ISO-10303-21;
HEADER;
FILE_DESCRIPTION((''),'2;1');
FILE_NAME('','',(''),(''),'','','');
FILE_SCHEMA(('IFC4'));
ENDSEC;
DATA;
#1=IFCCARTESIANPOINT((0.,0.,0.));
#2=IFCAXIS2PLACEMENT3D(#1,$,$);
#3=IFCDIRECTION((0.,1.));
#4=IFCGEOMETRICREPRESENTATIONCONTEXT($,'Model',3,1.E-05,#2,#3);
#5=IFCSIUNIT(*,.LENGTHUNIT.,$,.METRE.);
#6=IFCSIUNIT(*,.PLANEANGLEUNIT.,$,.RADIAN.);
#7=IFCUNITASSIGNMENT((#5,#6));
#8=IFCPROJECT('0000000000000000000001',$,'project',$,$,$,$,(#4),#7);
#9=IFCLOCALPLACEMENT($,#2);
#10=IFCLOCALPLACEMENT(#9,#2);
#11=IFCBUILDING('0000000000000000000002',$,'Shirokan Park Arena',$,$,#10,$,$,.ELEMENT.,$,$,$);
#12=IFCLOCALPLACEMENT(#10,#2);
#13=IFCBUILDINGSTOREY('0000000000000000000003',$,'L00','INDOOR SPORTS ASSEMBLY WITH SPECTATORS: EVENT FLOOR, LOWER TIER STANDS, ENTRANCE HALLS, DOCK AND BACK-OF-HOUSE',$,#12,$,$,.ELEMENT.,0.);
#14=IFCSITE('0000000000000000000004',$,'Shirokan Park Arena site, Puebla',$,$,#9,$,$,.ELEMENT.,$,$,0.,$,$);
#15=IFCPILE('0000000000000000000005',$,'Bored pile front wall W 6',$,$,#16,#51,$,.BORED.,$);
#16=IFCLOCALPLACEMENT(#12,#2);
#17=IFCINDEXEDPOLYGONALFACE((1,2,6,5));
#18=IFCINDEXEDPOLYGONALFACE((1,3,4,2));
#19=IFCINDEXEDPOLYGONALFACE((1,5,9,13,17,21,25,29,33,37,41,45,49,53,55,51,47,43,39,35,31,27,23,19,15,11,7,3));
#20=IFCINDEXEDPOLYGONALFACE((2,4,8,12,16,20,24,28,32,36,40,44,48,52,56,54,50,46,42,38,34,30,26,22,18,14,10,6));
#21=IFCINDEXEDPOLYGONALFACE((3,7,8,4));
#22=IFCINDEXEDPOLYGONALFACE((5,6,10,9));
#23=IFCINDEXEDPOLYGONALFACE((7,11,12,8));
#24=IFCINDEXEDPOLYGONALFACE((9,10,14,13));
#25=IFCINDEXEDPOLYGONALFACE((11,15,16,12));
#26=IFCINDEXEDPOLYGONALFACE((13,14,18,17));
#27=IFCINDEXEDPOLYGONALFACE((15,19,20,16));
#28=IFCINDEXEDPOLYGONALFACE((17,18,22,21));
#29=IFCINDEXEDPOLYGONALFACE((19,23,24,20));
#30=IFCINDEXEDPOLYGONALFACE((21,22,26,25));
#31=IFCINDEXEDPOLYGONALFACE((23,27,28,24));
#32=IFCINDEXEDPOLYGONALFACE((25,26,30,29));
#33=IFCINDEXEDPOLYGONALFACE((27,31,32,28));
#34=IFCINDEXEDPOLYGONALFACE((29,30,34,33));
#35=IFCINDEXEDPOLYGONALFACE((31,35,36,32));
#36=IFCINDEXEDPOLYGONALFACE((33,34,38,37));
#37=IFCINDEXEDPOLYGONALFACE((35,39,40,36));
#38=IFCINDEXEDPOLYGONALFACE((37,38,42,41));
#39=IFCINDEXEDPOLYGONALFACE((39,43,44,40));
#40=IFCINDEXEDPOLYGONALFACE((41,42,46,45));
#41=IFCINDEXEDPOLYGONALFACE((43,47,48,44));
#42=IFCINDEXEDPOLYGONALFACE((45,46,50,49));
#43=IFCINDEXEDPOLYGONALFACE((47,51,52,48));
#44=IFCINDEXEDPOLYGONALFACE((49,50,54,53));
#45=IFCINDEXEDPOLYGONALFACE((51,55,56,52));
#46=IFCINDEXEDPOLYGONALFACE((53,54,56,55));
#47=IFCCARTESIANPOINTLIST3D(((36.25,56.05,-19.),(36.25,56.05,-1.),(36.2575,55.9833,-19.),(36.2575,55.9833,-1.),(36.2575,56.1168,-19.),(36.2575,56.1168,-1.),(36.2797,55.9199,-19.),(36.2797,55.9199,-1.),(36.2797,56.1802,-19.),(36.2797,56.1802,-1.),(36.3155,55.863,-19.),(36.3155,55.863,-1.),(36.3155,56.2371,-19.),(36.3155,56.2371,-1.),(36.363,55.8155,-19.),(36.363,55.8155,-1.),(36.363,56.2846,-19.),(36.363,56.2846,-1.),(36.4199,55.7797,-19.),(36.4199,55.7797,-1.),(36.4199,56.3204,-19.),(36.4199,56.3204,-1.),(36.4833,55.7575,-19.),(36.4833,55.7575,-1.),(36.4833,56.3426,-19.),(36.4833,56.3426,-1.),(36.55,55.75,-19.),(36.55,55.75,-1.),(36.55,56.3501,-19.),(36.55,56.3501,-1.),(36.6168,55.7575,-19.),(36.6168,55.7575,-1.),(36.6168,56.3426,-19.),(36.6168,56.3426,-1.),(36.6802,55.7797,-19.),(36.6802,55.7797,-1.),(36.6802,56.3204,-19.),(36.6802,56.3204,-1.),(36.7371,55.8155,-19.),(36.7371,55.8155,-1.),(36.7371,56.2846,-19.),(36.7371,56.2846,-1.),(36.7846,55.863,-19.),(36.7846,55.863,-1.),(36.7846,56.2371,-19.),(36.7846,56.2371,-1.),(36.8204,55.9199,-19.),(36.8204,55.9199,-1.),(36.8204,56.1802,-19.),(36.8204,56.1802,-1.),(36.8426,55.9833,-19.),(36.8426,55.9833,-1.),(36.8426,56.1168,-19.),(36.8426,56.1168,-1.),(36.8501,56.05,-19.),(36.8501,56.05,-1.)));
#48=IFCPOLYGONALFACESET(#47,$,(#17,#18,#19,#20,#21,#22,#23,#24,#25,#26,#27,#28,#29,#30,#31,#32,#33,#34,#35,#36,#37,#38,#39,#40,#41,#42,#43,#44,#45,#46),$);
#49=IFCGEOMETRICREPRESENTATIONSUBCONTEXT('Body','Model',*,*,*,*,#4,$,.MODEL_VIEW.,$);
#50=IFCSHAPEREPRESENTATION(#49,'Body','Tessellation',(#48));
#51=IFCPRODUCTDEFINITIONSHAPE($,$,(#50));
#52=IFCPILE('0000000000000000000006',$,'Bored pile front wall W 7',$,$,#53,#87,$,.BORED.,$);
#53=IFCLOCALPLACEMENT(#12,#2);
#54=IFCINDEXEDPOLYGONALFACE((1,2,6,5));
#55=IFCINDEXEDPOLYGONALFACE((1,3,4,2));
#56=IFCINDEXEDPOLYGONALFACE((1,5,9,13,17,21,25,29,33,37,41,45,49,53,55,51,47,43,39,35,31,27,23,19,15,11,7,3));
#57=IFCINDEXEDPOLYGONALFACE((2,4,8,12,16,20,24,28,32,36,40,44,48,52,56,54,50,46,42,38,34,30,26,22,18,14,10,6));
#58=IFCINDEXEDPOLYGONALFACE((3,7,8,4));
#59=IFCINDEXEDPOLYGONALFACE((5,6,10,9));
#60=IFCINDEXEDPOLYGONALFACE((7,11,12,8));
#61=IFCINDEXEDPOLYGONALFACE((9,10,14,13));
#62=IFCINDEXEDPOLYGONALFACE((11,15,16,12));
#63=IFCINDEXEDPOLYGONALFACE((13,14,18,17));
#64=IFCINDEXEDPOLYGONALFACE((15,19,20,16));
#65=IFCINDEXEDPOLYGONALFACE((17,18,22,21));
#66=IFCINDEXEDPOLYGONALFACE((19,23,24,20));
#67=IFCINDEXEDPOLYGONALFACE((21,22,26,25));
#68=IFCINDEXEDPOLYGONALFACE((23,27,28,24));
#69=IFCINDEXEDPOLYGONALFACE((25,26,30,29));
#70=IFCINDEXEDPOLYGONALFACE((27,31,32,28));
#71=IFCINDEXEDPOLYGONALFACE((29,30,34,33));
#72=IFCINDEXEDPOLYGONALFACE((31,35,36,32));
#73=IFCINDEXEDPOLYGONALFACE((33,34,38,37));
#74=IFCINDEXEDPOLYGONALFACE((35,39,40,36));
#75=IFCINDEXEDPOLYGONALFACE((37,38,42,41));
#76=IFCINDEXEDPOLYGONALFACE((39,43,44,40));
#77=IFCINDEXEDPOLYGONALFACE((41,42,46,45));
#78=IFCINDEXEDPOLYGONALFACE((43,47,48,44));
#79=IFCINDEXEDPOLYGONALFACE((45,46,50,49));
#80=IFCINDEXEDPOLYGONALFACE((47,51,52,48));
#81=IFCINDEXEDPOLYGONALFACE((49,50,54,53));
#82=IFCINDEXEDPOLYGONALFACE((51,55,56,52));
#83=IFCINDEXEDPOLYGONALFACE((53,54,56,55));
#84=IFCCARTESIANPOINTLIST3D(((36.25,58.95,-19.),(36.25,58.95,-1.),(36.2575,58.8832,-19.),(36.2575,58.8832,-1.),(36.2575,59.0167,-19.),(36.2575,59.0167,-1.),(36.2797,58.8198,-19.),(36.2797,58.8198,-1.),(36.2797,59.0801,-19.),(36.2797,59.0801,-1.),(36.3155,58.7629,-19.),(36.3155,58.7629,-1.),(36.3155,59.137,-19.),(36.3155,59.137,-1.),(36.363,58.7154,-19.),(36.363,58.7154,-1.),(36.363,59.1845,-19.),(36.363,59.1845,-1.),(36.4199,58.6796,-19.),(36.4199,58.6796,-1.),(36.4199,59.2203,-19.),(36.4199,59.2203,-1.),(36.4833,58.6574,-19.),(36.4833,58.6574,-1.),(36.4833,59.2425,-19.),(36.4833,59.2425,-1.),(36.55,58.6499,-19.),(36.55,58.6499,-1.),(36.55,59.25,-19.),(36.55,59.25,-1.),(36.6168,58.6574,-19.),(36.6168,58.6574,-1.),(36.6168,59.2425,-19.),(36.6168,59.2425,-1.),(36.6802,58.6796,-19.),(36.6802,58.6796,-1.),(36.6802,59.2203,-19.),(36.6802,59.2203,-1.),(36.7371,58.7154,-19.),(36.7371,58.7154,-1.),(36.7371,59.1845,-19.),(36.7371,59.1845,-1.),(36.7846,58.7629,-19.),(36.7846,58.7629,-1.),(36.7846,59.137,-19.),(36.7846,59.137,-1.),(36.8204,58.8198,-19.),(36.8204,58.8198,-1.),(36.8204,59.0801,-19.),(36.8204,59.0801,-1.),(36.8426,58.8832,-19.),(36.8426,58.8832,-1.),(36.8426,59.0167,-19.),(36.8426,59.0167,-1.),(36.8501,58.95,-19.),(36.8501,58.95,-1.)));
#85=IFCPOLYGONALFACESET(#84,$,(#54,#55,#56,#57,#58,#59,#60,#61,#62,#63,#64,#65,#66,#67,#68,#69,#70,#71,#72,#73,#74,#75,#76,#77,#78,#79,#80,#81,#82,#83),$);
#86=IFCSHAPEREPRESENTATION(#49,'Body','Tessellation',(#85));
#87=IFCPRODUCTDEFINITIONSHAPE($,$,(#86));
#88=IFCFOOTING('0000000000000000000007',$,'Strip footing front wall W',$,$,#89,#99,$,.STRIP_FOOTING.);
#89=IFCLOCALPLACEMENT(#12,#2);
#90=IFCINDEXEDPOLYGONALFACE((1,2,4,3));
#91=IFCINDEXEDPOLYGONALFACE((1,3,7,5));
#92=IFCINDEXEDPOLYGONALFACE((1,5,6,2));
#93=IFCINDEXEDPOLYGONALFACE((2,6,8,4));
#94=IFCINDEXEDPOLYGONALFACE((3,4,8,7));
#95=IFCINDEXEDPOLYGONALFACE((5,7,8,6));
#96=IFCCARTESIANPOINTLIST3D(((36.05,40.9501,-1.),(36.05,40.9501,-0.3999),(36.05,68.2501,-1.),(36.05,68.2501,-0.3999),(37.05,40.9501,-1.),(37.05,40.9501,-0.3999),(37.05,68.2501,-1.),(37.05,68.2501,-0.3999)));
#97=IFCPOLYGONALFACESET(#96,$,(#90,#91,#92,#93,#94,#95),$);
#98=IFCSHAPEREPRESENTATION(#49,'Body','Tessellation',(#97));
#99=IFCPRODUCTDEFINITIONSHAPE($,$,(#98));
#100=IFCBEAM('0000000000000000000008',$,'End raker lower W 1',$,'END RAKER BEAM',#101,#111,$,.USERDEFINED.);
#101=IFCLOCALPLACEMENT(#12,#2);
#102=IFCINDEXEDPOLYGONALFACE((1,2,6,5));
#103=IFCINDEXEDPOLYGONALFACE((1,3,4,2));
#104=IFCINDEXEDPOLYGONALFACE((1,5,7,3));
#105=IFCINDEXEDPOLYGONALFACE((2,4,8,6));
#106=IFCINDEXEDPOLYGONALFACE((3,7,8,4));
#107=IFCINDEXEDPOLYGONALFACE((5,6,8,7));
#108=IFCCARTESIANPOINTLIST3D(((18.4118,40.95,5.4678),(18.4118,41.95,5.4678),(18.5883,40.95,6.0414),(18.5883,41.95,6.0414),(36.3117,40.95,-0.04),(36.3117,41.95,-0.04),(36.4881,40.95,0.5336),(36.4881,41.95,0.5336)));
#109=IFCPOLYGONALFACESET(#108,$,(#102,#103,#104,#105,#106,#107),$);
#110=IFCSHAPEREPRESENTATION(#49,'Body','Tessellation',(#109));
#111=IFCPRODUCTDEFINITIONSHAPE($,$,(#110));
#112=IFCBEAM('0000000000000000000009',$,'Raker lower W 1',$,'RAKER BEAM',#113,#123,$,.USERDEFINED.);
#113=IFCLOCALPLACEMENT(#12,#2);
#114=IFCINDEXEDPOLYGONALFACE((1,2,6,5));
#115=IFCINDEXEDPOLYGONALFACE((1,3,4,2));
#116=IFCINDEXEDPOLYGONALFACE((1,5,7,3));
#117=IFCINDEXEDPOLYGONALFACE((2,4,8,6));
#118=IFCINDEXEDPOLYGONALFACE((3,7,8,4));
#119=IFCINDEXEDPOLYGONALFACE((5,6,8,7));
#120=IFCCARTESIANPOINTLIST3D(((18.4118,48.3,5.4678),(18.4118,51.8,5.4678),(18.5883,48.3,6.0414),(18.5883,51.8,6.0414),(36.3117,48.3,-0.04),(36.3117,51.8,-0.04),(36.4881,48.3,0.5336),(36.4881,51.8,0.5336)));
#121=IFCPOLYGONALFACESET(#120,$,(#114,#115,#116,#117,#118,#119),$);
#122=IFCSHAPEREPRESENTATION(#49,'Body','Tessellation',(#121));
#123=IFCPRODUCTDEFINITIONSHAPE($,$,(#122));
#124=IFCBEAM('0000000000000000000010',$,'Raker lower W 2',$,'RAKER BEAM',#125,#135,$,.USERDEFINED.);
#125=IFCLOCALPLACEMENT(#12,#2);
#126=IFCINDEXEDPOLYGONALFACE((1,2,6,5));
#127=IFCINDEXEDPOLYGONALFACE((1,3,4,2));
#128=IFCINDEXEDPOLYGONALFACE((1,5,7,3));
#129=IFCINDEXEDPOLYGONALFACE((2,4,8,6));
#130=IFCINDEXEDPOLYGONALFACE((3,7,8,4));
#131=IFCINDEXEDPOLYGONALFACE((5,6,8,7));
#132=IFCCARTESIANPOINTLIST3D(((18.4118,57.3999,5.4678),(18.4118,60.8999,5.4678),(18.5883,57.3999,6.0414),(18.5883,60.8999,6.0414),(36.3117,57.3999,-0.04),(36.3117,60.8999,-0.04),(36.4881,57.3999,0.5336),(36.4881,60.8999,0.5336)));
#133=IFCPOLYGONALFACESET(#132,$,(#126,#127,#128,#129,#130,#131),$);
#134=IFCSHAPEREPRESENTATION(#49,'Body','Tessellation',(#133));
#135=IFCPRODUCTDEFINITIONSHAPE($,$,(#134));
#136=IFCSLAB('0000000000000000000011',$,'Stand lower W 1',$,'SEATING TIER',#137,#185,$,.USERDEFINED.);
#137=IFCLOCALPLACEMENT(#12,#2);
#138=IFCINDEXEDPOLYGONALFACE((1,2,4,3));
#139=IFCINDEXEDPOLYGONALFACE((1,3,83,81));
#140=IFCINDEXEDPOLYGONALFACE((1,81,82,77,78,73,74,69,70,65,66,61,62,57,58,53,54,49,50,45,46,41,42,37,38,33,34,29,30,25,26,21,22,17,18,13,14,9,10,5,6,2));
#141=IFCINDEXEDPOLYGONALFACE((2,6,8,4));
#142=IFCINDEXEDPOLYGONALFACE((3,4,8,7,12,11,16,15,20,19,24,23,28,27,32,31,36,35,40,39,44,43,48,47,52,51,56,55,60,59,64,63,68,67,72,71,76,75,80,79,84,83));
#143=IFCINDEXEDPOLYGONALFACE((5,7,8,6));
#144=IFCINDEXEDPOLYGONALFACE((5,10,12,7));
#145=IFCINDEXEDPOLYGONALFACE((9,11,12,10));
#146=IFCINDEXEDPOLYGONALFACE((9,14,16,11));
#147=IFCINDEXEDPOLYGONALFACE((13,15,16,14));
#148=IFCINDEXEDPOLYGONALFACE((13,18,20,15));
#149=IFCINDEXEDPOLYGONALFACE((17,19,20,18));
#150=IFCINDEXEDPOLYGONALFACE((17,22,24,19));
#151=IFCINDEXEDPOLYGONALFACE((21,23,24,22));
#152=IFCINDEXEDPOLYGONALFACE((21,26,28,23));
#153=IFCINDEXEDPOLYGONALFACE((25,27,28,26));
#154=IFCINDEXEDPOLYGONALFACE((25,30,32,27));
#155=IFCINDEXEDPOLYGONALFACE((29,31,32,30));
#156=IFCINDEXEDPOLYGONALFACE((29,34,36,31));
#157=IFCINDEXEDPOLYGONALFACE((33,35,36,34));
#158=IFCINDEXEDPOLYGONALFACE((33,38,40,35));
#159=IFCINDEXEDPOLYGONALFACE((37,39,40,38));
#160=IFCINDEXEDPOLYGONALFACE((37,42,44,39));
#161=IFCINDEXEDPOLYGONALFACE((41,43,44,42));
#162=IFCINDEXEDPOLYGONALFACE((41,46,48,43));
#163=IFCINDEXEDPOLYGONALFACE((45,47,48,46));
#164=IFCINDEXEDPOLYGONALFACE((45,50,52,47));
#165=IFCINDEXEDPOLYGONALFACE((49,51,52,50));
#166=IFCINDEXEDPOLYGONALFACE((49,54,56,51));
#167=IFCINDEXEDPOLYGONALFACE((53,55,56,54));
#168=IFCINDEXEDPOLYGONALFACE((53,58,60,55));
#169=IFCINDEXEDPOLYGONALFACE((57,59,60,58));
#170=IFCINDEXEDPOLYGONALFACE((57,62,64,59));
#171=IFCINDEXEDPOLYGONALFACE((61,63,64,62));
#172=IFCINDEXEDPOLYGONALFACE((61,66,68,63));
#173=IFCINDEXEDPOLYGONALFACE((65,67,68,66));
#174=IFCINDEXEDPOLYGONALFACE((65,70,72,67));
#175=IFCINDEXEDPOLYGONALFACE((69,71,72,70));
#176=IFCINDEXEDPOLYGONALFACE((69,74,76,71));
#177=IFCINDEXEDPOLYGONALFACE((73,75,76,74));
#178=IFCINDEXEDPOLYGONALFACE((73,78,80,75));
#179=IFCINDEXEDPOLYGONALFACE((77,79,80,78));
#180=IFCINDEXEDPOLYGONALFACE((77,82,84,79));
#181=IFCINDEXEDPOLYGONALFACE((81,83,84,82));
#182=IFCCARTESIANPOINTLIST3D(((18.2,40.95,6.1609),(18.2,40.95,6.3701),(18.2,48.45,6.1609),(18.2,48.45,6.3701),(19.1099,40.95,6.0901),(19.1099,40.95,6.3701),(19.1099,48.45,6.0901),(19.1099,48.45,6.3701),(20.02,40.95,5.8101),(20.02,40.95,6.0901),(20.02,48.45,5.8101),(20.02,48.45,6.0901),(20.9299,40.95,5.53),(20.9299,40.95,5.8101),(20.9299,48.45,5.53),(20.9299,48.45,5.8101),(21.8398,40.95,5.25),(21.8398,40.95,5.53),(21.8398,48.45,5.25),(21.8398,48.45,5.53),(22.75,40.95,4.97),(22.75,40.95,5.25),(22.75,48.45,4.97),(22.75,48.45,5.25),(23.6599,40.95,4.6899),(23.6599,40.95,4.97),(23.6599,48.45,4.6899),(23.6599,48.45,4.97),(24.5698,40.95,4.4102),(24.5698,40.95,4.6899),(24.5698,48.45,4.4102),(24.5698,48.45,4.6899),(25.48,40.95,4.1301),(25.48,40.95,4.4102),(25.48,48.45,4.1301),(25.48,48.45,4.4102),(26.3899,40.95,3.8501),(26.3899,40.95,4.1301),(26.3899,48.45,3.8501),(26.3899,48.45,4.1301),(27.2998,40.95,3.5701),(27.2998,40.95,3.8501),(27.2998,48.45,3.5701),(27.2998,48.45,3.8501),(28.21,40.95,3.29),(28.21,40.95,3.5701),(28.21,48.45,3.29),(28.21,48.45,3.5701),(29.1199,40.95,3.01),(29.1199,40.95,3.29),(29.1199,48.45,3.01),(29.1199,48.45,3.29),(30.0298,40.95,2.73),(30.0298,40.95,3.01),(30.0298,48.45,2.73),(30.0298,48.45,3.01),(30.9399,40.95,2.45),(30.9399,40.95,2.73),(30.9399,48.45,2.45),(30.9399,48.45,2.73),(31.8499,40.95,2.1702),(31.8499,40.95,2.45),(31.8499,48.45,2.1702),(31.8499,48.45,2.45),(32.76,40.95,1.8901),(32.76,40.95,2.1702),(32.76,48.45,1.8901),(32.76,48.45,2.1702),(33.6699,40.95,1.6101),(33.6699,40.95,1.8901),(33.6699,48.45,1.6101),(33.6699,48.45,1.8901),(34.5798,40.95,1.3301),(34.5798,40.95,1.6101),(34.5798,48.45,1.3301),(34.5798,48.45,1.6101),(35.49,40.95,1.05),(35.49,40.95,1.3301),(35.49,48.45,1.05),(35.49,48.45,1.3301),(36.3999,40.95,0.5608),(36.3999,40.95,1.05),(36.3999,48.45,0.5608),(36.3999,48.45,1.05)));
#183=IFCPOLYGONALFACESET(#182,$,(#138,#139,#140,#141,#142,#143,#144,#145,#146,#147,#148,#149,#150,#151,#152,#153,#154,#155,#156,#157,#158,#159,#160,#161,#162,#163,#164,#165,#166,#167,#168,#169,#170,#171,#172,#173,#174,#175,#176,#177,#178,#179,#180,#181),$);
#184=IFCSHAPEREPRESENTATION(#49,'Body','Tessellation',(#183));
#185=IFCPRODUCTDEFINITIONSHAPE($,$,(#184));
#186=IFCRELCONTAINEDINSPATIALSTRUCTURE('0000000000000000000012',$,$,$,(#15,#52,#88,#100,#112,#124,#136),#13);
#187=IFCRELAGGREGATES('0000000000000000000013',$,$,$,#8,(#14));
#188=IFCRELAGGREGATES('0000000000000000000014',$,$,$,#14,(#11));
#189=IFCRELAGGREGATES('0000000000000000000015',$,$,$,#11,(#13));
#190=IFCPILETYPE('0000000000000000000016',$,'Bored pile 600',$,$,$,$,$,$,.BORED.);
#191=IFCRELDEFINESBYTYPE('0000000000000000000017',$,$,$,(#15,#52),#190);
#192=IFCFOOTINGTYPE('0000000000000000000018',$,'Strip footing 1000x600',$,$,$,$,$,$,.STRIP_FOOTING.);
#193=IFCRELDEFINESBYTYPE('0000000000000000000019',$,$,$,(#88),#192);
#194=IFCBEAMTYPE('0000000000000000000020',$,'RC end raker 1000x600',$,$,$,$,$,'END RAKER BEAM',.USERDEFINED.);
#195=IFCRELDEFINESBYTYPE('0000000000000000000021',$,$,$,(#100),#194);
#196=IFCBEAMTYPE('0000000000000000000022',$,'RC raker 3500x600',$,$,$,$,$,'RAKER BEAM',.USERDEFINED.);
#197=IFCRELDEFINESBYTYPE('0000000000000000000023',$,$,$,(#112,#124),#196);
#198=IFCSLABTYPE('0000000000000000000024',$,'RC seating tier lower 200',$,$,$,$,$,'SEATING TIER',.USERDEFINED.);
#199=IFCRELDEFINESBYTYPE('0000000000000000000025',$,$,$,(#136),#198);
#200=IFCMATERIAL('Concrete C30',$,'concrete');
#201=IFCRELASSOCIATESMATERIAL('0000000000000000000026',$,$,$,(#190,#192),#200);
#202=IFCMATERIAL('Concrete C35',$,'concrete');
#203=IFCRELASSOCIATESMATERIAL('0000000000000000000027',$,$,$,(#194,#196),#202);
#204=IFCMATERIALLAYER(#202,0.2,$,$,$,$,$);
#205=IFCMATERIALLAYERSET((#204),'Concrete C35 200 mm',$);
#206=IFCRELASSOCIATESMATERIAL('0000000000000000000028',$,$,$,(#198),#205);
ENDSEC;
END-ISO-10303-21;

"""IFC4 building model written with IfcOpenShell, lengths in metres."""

from ifc_helpers import new_model, si_unit, direction, frame, origin, origin_2d, place, context, subcontext, project, spatial, polyline, rectangle, circle, outline, extrude, material, layer, layer_set, material_profile, profile_set, type_object, element, save


model = new_model("IFC4")

# Units and contexts
model_context = context("Model", 3, precision=1e-05, world=origin(), true_north=direction((0.0, 1.0)))
body_context = subcontext(model_context, "Body", "Model", "MODEL_VIEW")
ifc_project = project(units=[si_unit("LENGTHUNIT", "METRE"), si_unit("PLANEANGLEUNIT", "RADIAN")], contexts=[model_context])

# Site, building, storey
site_placement = place(None, origin())
site = spatial("IfcSite", under=ifc_project, at=site_placement, Name="Shirokan Park Arena site, Puebla", CompositionType="ELEMENT", RefElevation=0.0)
building_placement = place(site_placement, origin())
building = spatial("IfcBuilding", under=site, at=building_placement, Name="Shirokan Park Arena", CompositionType="ELEMENT")
storey_placement = place(building_placement, origin())
storey = spatial("IfcBuildingStorey", under=building, at=storey_placement, Name="L00", Description="INDOOR SPORTS ASSEMBLY WITH SPECTATORS: EVENT FLOOR, LOWER TIER STANDS, ENTRANCE HALLS, DOCK AND BACK-OF-HOUSE", CompositionType="ELEMENT", Elevation=0.0)

# Piles
ifc_material_1 = material(Name="Concrete C30", Category="concrete")
ifc_material_profile_1 = material_profile(ifc_material_1, circle(Radius=0.3, at=origin_2d()), Name="D600")
ifc_profile_set_1 = profile_set([ifc_material_profile_1], Name="Concrete C30")
pile_type = type_object("IfcPileType", Name="Bored pile 600", PredefinedType="BORED", material=ifc_profile_set_1)
for number, where, z_axis, x_axis, name in (
    (1, (36.55, 56.05, -1.0), (0.0, 0.0, -1.0), (1.0, 0.0, 0.0), "Bored pile front wall W 6"),
    (2, (36.55, 58.95, -1.0), (0.0, 0.0, -1.0), (1.0, 0.0, 0.0), "Bored pile front wall W 7"),
):
    element("IfcPile", number, at=place(storey_placement, frame(where, z_axis=z_axis, x_axis=x_axis)), inside=storey, type_object=pile_type, Name=name, PredefinedType="BORED", context=body_context, shape_type="SweptSolid", body=[
        extrude(circle(Radius=0.3, at=origin_2d()), origin(), (0.0, 0.0, 1.0), 18.0),
    ])

# Footing
footing_type = type_object("IfcFootingType", Name="Strip footing 1000x600", PredefinedType="STRIP_FOOTING", material=ifc_material_1)
footing_placement = place(storey_placement, frame((36.55, 54.6001, -1.0), z_axis=(0.0, 0.0, 1.0), x_axis=(1.0, 0.0, 0.0)))
element("IfcFooting", 3, at=footing_placement, inside=storey, type_object=footing_type, Name="Strip footing front wall W", PredefinedType="STRIP_FOOTING", context=body_context, shape_type="SweptSolid", body=[
    extrude(rectangle(XDim=1.0, YDim=27.3, at=origin_2d()), origin(), (0.0, 0.0, 1.0), 0.6001),
])

# Beams
ifc_material_2 = material(Name="Concrete C35", Category="concrete")
ifc_material_profile_2 = material_profile(ifc_material_2, rectangle(XDim=1.0, YDim=0.6001, at=origin_2d()), Name="1000x600")
ifc_profile_set_2 = profile_set([ifc_material_profile_2], Name="Concrete C35")
beam_type_1 = type_object("IfcBeamType", Name="RC end raker 1000x600", ElementType="END RAKER BEAM", PredefinedType="USERDEFINED", material=ifc_profile_set_2)
beam_placement = place(storey_placement, frame((36.3999, 41.45, 0.2468), z_axis=(-0.955777, 0.0, 0.294093), x_axis=(0.0, -1.0, 0.0)))
element("IfcBeam", 4, at=beam_placement, inside=storey, type_object=beam_type_1, Name="End raker lower W 1", ObjectType="END RAKER BEAM", PredefinedType="USERDEFINED", context=body_context, shape_type="SweptSolid", body=[
    extrude(rectangle(XDim=1.0, YDim=0.6001, at=origin_2d()), origin(), (0.0, 0.0, 1.0), 18.728),
])
ifc_material_profile_3 = material_profile(ifc_material_2, rectangle(XDim=3.5, YDim=0.6001, at=origin_2d()), Name="3500x600")
ifc_profile_set_3 = profile_set([ifc_material_profile_3], Name="Concrete C35")
beam_type_2 = type_object("IfcBeamType", Name="RC raker 3500x600", ElementType="RAKER BEAM", PredefinedType="USERDEFINED", material=ifc_profile_set_3)
for number, where, z_axis, x_axis, name in (
    (5, (36.3999, 50.05, 0.2468), (-0.955777, 0.0, 0.294093), (0.0, -1.0, 0.0), "Raker lower W 1"),
    (6, (36.3999, 59.1499, 0.2468), (-0.955777, 0.0, 0.294093), (0.0, -1.0, 0.0), "Raker lower W 2"),
):
    element("IfcBeam", number, at=place(storey_placement, frame(where, z_axis=z_axis, x_axis=x_axis)), inside=storey, type_object=beam_type_2, Name=name, ObjectType="RAKER BEAM", PredefinedType="USERDEFINED", context=body_context, shape_type="SweptSolid", body=[
        extrude(rectangle(XDim=3.5, YDim=0.6001, at=origin_2d()), origin(), (0.0, 0.0, 1.0), 18.728),
    ])

# Slab
ifc_layer_1 = layer(ifc_material_2, 0.2)
ifc_layer_set_1 = layer_set([ifc_layer_1], Name="Concrete C35 200 mm")
slab_type = type_object("IfcSlabType", Name="RC seating tier lower 200", ElementType="SEATING TIER", PredefinedType="USERDEFINED", material=ifc_layer_set_1)
slab_1_placement = place(storey_placement, frame((36.3999, 44.7, 1.05), z_axis=(0.0, 0.0, 1.0), x_axis=(-1.0, 0.0, 0.0)))
element("IfcSlab", 7, at=slab_1_placement, inside=storey, type_object=slab_type, Name="Stand lower W 1", ObjectType="SEATING TIER", PredefinedType="USERDEFINED", context=body_context, shape_type="SweptSolid", body=[
    extrude(outline(polyline([(0.0, 0.0), (0.9099, 0.0), (0.9099, 0.28), (1.8201, 0.28), (1.8201, 0.5601), (2.73, 0.5601), (2.73, 0.8401), (3.6399, 0.8401), (3.6399, 1.1201), (4.55, 1.1201), (4.55, 1.3999), (5.46, 1.3999), (5.46, 1.6799), (6.3701, 1.6799), (6.3701, 1.96), (7.28, 1.96), (7.28, 2.24), (8.1899, 2.24), (8.1899, 2.52), (9.1001, 2.52), (9.1001, 2.8), (10.01, 2.8), (10.01, 3.0801), (10.9199, 3.0801), (10.9199, 3.3601), (11.8301, 3.3601), (11.8301, 3.6399), (12.74, 3.6399), (12.74, 3.9199), (13.6499, 3.9199), (13.6499, 4.2), (14.5601, 4.2), (14.5601, 4.48), (15.47, 4.48), (15.47, 4.76), (16.3799, 4.76), (16.3799, 5.04), (17.29, 5.04), (17.29, 5.3201), (18.2, 5.3201), (18.2, 5.1108), (0.0, -0.4893), (0.0, 0.0)])), frame((0.0, 3.75, 0.0), z_axis=(0.0, -1.0, 0.0), x_axis=(1.0, 0.0, 0.0)), (0.0, 0.0, 1.0), 7.5),
])

save(model, "model.ifc")
